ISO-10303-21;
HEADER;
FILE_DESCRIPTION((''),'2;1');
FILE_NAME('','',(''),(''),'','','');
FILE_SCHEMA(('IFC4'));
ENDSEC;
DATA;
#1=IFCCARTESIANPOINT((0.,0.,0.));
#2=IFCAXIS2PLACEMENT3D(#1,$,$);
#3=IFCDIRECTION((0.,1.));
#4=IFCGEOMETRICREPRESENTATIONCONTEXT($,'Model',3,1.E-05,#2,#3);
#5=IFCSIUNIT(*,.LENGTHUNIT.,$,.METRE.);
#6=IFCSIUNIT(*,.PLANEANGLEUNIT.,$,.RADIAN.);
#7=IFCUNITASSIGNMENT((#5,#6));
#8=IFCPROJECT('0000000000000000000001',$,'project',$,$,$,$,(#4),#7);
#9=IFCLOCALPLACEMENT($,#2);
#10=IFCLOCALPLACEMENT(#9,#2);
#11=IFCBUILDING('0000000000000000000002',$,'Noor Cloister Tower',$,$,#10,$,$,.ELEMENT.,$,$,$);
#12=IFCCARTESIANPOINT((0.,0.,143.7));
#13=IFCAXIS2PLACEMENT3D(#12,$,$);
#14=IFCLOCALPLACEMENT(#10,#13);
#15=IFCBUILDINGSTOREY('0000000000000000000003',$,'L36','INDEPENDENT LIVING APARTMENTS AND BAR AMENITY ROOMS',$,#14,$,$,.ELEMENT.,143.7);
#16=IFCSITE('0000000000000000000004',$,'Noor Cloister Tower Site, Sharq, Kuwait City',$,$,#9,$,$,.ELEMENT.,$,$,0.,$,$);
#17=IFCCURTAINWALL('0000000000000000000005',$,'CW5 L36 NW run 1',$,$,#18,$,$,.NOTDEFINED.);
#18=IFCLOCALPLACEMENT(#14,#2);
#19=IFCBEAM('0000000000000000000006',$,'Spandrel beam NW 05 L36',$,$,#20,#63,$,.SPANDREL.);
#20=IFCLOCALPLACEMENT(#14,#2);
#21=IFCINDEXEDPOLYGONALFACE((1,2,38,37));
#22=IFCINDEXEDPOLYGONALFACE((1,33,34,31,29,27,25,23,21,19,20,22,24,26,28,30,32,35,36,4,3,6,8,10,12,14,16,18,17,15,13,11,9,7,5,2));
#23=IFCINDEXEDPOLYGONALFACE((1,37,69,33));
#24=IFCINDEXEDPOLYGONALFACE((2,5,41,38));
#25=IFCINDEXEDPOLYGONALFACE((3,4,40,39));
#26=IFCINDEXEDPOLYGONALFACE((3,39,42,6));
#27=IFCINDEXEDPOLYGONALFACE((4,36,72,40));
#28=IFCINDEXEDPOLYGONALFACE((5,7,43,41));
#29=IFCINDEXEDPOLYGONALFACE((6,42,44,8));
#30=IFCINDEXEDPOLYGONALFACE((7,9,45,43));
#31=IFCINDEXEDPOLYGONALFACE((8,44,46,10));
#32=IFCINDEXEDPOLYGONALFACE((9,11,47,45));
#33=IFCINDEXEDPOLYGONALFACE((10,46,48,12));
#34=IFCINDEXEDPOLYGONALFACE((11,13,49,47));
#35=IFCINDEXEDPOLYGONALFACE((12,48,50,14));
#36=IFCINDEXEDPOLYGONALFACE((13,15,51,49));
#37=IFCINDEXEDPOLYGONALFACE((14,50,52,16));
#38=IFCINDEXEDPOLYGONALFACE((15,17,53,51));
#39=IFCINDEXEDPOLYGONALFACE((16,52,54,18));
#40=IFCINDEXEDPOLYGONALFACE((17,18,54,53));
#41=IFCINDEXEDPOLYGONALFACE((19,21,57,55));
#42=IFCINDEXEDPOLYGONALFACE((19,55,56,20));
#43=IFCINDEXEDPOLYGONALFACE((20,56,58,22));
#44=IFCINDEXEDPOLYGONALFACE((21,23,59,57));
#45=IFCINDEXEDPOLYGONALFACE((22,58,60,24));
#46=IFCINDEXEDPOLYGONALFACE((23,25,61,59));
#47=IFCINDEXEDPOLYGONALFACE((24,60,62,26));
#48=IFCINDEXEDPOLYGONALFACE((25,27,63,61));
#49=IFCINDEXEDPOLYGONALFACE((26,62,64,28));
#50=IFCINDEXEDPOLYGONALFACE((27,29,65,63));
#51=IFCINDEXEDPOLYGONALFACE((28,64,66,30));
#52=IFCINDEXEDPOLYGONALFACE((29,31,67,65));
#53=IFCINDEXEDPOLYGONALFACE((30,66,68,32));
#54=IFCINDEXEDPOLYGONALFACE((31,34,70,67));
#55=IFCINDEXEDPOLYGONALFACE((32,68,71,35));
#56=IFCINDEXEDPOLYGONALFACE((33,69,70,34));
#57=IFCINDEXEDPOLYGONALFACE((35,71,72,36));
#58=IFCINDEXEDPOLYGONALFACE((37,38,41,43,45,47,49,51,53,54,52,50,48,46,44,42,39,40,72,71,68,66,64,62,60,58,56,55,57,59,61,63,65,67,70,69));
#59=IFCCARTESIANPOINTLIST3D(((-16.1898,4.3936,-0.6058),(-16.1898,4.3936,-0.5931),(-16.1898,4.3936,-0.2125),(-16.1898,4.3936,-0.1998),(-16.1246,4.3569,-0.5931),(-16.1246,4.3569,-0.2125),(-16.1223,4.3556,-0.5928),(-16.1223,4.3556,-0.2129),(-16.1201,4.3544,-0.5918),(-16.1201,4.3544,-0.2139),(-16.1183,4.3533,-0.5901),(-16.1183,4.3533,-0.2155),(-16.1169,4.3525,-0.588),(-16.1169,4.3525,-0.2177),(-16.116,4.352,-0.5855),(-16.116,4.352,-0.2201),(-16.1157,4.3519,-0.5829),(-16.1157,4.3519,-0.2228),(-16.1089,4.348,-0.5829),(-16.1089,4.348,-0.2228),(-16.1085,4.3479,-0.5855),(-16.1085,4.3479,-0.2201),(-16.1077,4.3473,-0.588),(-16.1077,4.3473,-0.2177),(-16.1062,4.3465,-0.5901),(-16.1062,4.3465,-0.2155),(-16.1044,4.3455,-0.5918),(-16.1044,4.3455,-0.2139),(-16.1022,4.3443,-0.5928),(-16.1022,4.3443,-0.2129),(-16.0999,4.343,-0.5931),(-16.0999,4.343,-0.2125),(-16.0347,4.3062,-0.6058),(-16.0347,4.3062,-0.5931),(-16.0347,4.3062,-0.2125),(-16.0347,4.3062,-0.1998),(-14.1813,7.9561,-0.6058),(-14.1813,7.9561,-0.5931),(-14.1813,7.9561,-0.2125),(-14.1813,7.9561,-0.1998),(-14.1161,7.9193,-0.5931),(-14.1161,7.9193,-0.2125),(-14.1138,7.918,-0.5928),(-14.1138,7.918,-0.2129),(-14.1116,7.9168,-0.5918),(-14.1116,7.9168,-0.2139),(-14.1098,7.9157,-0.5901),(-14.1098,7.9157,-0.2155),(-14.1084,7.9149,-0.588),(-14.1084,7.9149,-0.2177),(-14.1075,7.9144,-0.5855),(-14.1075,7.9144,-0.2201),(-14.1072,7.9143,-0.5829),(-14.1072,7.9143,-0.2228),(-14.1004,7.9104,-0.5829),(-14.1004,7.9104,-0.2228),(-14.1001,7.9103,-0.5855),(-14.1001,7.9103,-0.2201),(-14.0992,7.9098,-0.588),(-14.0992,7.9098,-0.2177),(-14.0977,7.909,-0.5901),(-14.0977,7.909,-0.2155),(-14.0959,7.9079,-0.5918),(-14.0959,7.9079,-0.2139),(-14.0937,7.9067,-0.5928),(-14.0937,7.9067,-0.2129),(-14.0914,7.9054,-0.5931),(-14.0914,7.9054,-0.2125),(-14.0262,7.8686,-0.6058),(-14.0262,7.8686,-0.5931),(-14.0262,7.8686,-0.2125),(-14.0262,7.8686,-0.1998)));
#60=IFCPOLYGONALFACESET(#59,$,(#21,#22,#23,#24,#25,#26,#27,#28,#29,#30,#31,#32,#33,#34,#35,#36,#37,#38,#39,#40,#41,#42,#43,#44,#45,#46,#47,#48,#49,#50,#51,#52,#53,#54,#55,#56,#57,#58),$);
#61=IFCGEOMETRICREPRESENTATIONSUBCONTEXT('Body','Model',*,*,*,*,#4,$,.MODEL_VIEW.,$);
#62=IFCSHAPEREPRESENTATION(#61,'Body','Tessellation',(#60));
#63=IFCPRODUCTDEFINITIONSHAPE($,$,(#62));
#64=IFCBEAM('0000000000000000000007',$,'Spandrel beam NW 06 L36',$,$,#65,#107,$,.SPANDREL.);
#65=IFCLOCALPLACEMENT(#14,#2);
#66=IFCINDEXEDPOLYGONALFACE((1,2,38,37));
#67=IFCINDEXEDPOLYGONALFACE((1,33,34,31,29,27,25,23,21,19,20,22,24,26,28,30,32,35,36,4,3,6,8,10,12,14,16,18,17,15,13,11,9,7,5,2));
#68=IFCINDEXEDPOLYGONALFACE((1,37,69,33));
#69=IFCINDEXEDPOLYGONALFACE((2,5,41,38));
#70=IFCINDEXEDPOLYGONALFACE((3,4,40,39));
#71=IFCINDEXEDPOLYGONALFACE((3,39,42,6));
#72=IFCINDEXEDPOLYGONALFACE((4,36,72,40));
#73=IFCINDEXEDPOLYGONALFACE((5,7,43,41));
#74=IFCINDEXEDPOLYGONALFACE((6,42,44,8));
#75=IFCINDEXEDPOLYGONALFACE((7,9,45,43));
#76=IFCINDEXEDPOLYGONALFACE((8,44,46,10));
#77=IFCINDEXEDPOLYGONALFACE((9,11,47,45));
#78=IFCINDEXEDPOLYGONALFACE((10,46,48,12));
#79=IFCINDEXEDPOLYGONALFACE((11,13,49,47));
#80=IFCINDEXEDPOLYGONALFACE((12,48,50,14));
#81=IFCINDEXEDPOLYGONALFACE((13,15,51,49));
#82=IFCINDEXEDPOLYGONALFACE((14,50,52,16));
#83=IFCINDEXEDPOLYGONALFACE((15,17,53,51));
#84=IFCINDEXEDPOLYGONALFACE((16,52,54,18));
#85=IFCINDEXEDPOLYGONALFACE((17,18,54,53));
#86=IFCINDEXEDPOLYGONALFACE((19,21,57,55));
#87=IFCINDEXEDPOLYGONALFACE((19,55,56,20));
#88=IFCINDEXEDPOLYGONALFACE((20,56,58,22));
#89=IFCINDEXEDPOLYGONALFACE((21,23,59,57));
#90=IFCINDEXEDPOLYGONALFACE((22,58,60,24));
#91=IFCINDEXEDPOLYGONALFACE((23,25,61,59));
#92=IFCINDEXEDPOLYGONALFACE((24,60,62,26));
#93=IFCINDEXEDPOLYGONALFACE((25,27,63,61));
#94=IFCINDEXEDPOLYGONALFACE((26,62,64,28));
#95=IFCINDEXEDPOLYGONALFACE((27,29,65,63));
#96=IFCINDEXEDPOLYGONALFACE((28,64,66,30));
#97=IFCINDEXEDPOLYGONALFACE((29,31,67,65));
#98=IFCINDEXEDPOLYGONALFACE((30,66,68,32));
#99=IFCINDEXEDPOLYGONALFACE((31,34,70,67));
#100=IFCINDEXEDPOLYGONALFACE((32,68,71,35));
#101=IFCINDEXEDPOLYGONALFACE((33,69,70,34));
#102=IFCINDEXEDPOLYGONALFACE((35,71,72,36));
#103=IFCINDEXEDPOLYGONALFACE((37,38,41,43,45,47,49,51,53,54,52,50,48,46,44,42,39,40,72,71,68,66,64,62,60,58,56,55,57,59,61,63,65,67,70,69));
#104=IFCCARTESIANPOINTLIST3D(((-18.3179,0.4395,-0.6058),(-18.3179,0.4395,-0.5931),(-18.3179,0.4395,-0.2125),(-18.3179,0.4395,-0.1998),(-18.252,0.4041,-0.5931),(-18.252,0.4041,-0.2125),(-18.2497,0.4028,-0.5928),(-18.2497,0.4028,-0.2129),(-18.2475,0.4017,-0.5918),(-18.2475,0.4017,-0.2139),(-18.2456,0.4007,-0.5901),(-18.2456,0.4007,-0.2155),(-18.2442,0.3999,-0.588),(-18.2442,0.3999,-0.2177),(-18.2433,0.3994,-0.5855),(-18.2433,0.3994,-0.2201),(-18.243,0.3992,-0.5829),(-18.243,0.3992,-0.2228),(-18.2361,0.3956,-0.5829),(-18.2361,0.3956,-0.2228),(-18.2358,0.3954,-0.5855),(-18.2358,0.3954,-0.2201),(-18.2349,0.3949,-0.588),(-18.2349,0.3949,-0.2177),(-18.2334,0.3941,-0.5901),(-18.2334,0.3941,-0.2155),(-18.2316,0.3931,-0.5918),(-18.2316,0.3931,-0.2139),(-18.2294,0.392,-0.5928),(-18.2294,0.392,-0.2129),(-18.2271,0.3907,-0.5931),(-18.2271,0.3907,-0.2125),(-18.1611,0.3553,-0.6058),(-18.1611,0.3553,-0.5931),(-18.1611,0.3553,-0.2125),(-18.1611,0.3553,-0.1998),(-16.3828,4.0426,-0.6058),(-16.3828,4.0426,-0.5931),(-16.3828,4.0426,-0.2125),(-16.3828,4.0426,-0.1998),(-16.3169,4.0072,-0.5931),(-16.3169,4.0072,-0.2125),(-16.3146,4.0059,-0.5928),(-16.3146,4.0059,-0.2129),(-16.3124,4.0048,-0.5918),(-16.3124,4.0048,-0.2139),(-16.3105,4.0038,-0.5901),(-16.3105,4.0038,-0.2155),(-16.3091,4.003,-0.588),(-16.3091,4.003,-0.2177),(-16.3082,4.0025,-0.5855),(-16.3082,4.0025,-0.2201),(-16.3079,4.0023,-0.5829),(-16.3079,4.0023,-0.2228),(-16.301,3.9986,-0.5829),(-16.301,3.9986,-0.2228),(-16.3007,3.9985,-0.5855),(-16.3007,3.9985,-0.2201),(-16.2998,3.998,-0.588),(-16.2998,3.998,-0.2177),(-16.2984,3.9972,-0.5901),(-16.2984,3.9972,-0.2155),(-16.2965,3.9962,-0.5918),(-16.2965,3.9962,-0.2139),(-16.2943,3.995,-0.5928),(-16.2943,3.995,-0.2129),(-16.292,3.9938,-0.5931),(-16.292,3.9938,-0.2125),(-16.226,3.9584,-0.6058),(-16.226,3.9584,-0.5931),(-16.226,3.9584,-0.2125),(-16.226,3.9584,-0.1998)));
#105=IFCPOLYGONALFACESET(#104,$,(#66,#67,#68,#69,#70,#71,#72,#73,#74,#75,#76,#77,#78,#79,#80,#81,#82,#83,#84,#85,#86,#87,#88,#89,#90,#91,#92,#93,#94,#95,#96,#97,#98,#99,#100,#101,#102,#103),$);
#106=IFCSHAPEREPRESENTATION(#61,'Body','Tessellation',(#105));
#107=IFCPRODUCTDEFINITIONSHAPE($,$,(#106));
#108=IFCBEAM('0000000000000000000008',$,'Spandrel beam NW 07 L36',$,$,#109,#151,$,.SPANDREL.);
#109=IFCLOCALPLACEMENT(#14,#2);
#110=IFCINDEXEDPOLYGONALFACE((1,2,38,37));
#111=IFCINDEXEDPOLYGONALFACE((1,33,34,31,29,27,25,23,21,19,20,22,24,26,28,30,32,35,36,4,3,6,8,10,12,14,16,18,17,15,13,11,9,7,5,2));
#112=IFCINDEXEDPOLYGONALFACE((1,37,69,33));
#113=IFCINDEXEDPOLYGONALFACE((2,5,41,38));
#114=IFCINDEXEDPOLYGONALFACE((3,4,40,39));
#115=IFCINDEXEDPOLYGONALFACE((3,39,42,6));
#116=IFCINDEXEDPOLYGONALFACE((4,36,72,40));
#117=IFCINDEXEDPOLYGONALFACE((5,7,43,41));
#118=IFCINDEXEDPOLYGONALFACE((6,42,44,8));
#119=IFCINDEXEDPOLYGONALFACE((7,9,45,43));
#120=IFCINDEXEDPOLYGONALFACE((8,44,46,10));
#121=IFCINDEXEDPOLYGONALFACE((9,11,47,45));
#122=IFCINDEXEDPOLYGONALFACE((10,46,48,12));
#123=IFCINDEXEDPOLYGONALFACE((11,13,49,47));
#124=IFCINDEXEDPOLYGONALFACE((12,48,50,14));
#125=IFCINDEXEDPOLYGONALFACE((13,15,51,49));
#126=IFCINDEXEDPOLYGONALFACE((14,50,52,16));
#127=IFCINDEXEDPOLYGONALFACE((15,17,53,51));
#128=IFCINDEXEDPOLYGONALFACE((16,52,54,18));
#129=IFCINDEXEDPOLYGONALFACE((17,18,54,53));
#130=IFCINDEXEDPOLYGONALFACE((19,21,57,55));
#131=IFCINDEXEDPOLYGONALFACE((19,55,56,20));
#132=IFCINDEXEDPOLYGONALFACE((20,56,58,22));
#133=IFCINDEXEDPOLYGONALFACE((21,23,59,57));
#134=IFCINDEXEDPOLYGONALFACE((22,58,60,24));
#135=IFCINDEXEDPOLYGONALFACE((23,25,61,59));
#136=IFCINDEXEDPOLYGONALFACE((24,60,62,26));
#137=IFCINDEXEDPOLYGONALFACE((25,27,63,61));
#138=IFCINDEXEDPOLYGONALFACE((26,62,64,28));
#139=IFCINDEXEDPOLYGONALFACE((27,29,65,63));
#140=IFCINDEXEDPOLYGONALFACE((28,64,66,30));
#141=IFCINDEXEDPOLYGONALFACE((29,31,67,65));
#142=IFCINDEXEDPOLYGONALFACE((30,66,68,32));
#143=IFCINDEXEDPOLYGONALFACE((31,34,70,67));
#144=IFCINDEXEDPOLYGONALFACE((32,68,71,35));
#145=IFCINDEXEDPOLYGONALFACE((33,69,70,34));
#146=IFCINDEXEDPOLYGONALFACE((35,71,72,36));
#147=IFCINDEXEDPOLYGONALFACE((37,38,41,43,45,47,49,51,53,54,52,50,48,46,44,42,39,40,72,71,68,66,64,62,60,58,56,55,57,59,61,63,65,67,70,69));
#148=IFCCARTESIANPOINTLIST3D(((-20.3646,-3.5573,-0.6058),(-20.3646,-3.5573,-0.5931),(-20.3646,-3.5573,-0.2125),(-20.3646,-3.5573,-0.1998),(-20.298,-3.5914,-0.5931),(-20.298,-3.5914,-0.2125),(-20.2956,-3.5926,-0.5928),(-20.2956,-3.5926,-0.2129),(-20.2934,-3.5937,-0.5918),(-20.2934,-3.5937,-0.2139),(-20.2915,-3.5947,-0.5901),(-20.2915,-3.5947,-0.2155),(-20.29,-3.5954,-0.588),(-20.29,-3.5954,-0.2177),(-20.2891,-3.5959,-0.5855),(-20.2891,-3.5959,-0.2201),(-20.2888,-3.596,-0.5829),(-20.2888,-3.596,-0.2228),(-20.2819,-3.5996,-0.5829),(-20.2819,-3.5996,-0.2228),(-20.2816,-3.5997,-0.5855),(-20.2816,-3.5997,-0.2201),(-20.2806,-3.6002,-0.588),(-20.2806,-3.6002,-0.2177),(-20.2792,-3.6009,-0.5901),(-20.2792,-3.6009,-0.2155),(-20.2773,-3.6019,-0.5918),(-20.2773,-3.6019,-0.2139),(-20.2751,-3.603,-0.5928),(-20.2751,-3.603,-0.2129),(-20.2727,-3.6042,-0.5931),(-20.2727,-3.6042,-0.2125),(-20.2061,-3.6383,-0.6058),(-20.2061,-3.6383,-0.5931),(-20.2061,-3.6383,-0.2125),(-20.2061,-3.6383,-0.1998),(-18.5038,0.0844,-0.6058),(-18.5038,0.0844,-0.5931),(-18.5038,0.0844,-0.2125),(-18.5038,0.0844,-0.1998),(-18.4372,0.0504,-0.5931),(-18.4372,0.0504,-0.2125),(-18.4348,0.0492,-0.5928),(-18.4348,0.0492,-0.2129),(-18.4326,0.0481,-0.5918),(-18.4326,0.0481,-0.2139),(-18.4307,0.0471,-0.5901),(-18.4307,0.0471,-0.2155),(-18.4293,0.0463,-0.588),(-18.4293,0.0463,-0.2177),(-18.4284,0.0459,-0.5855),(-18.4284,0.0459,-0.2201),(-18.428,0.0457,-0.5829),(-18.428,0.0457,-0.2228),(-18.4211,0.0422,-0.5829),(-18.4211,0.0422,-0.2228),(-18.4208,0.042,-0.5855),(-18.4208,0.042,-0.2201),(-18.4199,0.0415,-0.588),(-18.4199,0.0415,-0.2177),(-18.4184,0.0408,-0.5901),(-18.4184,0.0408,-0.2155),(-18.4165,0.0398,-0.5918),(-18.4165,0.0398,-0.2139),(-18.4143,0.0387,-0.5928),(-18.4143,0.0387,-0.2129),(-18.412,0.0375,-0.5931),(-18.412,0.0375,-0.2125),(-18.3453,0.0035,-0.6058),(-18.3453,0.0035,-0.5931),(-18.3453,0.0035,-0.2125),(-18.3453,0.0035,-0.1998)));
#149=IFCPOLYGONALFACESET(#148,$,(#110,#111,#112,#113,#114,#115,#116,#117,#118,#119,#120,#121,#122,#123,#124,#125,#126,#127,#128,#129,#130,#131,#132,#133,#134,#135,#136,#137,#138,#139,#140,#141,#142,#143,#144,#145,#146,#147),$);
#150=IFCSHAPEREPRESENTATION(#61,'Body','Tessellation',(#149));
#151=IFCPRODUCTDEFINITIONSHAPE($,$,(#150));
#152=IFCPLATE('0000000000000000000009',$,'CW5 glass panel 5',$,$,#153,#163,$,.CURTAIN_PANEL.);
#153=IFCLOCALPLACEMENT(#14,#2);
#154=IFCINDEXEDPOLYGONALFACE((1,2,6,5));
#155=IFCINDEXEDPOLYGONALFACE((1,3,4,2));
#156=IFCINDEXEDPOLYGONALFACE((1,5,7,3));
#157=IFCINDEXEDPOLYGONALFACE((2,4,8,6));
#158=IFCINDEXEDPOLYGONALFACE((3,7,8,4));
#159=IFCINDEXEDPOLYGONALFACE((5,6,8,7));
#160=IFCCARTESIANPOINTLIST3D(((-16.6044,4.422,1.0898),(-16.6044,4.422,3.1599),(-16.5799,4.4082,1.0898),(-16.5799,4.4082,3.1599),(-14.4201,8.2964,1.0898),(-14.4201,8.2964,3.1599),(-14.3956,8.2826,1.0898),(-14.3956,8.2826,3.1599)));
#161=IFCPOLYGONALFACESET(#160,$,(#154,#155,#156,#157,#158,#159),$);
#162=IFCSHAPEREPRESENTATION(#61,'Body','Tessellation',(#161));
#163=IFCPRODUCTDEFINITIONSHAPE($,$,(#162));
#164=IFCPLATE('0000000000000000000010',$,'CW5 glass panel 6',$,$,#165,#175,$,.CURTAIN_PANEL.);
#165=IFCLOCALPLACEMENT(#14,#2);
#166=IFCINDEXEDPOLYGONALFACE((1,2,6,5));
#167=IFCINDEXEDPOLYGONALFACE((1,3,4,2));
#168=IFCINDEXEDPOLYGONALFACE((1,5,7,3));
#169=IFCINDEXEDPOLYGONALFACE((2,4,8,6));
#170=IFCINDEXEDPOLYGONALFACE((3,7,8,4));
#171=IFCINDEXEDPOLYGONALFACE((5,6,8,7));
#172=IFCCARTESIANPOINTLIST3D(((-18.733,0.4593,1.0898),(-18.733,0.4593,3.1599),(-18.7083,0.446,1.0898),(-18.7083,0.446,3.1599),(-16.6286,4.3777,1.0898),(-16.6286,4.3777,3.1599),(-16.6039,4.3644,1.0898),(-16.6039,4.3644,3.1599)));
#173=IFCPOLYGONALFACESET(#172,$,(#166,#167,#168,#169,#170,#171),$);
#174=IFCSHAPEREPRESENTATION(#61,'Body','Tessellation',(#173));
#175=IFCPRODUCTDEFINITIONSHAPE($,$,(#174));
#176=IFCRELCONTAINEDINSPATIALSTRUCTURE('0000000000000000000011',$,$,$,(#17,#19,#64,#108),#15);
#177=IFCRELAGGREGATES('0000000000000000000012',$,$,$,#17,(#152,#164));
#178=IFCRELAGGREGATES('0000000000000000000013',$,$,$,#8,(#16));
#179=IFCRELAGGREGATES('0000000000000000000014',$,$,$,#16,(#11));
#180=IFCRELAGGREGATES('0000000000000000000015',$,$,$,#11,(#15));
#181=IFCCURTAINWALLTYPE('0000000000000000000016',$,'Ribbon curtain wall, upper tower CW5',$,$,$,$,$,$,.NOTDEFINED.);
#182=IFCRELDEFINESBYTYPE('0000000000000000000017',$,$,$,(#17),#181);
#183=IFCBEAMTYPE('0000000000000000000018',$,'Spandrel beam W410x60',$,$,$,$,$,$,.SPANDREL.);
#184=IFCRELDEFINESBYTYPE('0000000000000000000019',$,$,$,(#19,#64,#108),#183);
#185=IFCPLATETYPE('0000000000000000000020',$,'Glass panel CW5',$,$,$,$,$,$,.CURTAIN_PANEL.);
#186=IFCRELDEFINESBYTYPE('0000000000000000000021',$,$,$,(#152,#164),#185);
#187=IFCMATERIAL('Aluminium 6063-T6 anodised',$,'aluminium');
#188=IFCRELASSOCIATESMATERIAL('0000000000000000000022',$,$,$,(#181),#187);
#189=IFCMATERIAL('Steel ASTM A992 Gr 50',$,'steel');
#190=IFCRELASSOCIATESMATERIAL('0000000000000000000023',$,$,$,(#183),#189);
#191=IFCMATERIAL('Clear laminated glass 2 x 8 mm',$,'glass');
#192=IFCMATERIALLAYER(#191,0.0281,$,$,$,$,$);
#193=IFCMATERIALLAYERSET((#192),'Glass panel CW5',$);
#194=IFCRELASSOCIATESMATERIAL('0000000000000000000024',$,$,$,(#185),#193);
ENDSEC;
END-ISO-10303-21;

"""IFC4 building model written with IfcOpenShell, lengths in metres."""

from ifc_helpers import new_model, si_unit, direction, frame, origin, origin_2d, place, context, subcontext, project, spatial, rectangle, i_section, extrude, material, layer, layer_set, material_profile, profile_set, type_object, element, aggregate, save


model = new_model("IFC4")

# Units and contexts
model_context = context("Model", 3, precision=1e-05, world=origin(), true_north=direction((0.0, 1.0)))
body_context = subcontext(model_context, "Body", "Model", "MODEL_VIEW")
ifc_project = project(units=[si_unit("LENGTHUNIT", "METRE"), si_unit("PLANEANGLEUNIT", "RADIAN")], contexts=[model_context])

# Site, building, storey
site_placement = place(None, origin())
site = spatial("IfcSite", under=ifc_project, at=site_placement, Name="Noor Cloister Tower Site, Sharq, Kuwait City", CompositionType="ELEMENT", RefElevation=0.0)
building_placement = place(site_placement, origin())
building = spatial("IfcBuilding", under=site, at=building_placement, Name="Noor Cloister Tower", CompositionType="ELEMENT")
storey_placement = place(building_placement, frame((0.0, 0.0, 143.7)))
storey = spatial("IfcBuildingStorey", under=building, at=storey_placement, Name="L36", Description="INDEPENDENT LIVING APARTMENTS AND BAR AMENITY ROOMS", CompositionType="ELEMENT", Elevation=143.7)

# Shared definitions
ifc_material_1 = material(Name="Aluminium 6063-T6 anodised", Category="aluminium")
curtain_wall_type = type_object("IfcCurtainWallType", Name="Ribbon curtain wall, upper tower CW5", PredefinedType="NOTDEFINED", material=ifc_material_1)

# Curtain wall
curtain_wall_1_placement = place(storey_placement, origin())
curtain_wall_1 = element("IfcCurtainWall", 1, at=curtain_wall_1_placement, inside=storey, type_object=curtain_wall_type, Name="CW5 L36 NW run 1", PredefinedType="NOTDEFINED")

# Beams
ifc_material_2 = material(Name="Steel ASTM A992 Gr 50", Category="steel")
ifc_material_profile_1 = material_profile(ifc_material_2, i_section(OverallWidth=0.178, OverallDepth=0.406, WebThickness=0.0078, FlangeThickness=0.0127, FilletRadius=0.0103, at=origin_2d()), Name="W410x60")
ifc_profile_set_1 = profile_set([ifc_material_profile_1], Name="Steel ASTM A992 Gr 50")
beam_type_1 = type_object("IfcBeamType", Name="Spandrel beam W410x60", PredefinedType="SPANDREL", material=ifc_profile_set_1)
beam_1_placement = place(storey_placement, frame((-14.1038, 7.9124, -0.4028), z_axis=(-0.491123, -0.87109, 0.0), x_axis=(0.87109, -0.491123, 0.0)))
element("IfcBeam", 2, at=beam_1_placement, inside=storey, type_object=beam_type_1, Name="Spandrel beam NW 05 L36", PredefinedType="SPANDREL", context=body_context, shape_type="SweptSolid", body=[
    extrude(i_section(OverallWidth=0.178, OverallDepth=0.406, WebThickness=0.0078, FlangeThickness=0.0127, FilletRadius=0.0103, at=origin_2d()), origin(), (0.0, 0.0, 1.0), 4.0896),
])
beam_2_placement = place(storey_placement, frame((-16.3044, 4.0005, -0.4028), z_axis=(-0.473146, -0.880984, 0.0), x_axis=(0.880984, -0.473146, 0.0)))
element("IfcBeam", 3, at=beam_2_placement, inside=storey, type_object=beam_type_1, Name="Spandrel beam NW 06 L36", PredefinedType="SPANDREL", context=body_context, shape_type="SweptSolid", body=[
    extrude(i_section(OverallWidth=0.178, OverallDepth=0.406, WebThickness=0.0078, FlangeThickness=0.0127, FilletRadius=0.0103, at=origin_2d()), origin(), (0.0, 0.0, 1.0), 4.0898),
])
beam_3_placement = place(storey_placement, frame((-18.4246, 0.0439, -0.4028), z_axis=(-0.455005, -0.890489, 0.0), x_axis=(0.890489, -0.455005, 0.0)))
element("IfcBeam", 4, at=beam_3_placement, inside=storey, type_object=beam_type_1, Name="Spandrel beam NW 07 L36", PredefinedType="SPANDREL", context=body_context, shape_type="SweptSolid", body=[
    extrude(i_section(OverallWidth=0.178, OverallDepth=0.406, WebThickness=0.0078, FlangeThickness=0.0127, FilletRadius=0.0103, at=origin_2d()), origin(), (0.0, 0.0, 1.0), 4.0896),
])

# Plates
ifc_material_3 = material(Name="Clear laminated glass 2 x 8 mm", Category="glass")
ifc_layer_1 = layer(ifc_material_3, 0.0281)
ifc_layer_set_1 = layer_set([ifc_layer_1], Name="Glass panel CW5")
plate_type = type_object("IfcPlateType", Name="Glass panel CW5", PredefinedType="CURTAIN_PANEL", material=ifc_layer_set_1)
plate_1_placement = place(storey_placement, frame((-15.5, 6.3523, 1.0898), z_axis=(0.0, 0.0, 1.0), x_axis=(-0.491096, -0.871106, 0.0)))
plate_1 = element("IfcPlate", 5, at=plate_1_placement, type_object=plate_type, Name="CW5 glass panel 5", PredefinedType="CURTAIN_PANEL", context=body_context, shape_type="SweptSolid", body=[
    extrude(rectangle(XDim=4.4478, YDim=0.0281, at=origin_2d()), origin(), (0.0, 0.0, 1.0), 2.0701),
])
plate_2_placement = place(storey_placement, frame((-17.6685, 2.4119, 1.0898), z_axis=(0.0, 0.0, 1.0), x_axis=(-0.473133, -0.880991, 0.0)))
plate_2 = element("IfcPlate", 6, at=plate_2_placement, type_object=plate_type, Name="CW5 glass panel 6", PredefinedType="CURTAIN_PANEL", context=body_context, shape_type="SweptSolid", body=[
    extrude(rectangle(XDim=4.4478, YDim=0.0281, at=origin_2d()), origin(), (0.0, 0.0, 1.0), 2.0701),
])
aggregate(curtain_wall_1, [plate_1, plate_2])

save(model, "model.ifc")
